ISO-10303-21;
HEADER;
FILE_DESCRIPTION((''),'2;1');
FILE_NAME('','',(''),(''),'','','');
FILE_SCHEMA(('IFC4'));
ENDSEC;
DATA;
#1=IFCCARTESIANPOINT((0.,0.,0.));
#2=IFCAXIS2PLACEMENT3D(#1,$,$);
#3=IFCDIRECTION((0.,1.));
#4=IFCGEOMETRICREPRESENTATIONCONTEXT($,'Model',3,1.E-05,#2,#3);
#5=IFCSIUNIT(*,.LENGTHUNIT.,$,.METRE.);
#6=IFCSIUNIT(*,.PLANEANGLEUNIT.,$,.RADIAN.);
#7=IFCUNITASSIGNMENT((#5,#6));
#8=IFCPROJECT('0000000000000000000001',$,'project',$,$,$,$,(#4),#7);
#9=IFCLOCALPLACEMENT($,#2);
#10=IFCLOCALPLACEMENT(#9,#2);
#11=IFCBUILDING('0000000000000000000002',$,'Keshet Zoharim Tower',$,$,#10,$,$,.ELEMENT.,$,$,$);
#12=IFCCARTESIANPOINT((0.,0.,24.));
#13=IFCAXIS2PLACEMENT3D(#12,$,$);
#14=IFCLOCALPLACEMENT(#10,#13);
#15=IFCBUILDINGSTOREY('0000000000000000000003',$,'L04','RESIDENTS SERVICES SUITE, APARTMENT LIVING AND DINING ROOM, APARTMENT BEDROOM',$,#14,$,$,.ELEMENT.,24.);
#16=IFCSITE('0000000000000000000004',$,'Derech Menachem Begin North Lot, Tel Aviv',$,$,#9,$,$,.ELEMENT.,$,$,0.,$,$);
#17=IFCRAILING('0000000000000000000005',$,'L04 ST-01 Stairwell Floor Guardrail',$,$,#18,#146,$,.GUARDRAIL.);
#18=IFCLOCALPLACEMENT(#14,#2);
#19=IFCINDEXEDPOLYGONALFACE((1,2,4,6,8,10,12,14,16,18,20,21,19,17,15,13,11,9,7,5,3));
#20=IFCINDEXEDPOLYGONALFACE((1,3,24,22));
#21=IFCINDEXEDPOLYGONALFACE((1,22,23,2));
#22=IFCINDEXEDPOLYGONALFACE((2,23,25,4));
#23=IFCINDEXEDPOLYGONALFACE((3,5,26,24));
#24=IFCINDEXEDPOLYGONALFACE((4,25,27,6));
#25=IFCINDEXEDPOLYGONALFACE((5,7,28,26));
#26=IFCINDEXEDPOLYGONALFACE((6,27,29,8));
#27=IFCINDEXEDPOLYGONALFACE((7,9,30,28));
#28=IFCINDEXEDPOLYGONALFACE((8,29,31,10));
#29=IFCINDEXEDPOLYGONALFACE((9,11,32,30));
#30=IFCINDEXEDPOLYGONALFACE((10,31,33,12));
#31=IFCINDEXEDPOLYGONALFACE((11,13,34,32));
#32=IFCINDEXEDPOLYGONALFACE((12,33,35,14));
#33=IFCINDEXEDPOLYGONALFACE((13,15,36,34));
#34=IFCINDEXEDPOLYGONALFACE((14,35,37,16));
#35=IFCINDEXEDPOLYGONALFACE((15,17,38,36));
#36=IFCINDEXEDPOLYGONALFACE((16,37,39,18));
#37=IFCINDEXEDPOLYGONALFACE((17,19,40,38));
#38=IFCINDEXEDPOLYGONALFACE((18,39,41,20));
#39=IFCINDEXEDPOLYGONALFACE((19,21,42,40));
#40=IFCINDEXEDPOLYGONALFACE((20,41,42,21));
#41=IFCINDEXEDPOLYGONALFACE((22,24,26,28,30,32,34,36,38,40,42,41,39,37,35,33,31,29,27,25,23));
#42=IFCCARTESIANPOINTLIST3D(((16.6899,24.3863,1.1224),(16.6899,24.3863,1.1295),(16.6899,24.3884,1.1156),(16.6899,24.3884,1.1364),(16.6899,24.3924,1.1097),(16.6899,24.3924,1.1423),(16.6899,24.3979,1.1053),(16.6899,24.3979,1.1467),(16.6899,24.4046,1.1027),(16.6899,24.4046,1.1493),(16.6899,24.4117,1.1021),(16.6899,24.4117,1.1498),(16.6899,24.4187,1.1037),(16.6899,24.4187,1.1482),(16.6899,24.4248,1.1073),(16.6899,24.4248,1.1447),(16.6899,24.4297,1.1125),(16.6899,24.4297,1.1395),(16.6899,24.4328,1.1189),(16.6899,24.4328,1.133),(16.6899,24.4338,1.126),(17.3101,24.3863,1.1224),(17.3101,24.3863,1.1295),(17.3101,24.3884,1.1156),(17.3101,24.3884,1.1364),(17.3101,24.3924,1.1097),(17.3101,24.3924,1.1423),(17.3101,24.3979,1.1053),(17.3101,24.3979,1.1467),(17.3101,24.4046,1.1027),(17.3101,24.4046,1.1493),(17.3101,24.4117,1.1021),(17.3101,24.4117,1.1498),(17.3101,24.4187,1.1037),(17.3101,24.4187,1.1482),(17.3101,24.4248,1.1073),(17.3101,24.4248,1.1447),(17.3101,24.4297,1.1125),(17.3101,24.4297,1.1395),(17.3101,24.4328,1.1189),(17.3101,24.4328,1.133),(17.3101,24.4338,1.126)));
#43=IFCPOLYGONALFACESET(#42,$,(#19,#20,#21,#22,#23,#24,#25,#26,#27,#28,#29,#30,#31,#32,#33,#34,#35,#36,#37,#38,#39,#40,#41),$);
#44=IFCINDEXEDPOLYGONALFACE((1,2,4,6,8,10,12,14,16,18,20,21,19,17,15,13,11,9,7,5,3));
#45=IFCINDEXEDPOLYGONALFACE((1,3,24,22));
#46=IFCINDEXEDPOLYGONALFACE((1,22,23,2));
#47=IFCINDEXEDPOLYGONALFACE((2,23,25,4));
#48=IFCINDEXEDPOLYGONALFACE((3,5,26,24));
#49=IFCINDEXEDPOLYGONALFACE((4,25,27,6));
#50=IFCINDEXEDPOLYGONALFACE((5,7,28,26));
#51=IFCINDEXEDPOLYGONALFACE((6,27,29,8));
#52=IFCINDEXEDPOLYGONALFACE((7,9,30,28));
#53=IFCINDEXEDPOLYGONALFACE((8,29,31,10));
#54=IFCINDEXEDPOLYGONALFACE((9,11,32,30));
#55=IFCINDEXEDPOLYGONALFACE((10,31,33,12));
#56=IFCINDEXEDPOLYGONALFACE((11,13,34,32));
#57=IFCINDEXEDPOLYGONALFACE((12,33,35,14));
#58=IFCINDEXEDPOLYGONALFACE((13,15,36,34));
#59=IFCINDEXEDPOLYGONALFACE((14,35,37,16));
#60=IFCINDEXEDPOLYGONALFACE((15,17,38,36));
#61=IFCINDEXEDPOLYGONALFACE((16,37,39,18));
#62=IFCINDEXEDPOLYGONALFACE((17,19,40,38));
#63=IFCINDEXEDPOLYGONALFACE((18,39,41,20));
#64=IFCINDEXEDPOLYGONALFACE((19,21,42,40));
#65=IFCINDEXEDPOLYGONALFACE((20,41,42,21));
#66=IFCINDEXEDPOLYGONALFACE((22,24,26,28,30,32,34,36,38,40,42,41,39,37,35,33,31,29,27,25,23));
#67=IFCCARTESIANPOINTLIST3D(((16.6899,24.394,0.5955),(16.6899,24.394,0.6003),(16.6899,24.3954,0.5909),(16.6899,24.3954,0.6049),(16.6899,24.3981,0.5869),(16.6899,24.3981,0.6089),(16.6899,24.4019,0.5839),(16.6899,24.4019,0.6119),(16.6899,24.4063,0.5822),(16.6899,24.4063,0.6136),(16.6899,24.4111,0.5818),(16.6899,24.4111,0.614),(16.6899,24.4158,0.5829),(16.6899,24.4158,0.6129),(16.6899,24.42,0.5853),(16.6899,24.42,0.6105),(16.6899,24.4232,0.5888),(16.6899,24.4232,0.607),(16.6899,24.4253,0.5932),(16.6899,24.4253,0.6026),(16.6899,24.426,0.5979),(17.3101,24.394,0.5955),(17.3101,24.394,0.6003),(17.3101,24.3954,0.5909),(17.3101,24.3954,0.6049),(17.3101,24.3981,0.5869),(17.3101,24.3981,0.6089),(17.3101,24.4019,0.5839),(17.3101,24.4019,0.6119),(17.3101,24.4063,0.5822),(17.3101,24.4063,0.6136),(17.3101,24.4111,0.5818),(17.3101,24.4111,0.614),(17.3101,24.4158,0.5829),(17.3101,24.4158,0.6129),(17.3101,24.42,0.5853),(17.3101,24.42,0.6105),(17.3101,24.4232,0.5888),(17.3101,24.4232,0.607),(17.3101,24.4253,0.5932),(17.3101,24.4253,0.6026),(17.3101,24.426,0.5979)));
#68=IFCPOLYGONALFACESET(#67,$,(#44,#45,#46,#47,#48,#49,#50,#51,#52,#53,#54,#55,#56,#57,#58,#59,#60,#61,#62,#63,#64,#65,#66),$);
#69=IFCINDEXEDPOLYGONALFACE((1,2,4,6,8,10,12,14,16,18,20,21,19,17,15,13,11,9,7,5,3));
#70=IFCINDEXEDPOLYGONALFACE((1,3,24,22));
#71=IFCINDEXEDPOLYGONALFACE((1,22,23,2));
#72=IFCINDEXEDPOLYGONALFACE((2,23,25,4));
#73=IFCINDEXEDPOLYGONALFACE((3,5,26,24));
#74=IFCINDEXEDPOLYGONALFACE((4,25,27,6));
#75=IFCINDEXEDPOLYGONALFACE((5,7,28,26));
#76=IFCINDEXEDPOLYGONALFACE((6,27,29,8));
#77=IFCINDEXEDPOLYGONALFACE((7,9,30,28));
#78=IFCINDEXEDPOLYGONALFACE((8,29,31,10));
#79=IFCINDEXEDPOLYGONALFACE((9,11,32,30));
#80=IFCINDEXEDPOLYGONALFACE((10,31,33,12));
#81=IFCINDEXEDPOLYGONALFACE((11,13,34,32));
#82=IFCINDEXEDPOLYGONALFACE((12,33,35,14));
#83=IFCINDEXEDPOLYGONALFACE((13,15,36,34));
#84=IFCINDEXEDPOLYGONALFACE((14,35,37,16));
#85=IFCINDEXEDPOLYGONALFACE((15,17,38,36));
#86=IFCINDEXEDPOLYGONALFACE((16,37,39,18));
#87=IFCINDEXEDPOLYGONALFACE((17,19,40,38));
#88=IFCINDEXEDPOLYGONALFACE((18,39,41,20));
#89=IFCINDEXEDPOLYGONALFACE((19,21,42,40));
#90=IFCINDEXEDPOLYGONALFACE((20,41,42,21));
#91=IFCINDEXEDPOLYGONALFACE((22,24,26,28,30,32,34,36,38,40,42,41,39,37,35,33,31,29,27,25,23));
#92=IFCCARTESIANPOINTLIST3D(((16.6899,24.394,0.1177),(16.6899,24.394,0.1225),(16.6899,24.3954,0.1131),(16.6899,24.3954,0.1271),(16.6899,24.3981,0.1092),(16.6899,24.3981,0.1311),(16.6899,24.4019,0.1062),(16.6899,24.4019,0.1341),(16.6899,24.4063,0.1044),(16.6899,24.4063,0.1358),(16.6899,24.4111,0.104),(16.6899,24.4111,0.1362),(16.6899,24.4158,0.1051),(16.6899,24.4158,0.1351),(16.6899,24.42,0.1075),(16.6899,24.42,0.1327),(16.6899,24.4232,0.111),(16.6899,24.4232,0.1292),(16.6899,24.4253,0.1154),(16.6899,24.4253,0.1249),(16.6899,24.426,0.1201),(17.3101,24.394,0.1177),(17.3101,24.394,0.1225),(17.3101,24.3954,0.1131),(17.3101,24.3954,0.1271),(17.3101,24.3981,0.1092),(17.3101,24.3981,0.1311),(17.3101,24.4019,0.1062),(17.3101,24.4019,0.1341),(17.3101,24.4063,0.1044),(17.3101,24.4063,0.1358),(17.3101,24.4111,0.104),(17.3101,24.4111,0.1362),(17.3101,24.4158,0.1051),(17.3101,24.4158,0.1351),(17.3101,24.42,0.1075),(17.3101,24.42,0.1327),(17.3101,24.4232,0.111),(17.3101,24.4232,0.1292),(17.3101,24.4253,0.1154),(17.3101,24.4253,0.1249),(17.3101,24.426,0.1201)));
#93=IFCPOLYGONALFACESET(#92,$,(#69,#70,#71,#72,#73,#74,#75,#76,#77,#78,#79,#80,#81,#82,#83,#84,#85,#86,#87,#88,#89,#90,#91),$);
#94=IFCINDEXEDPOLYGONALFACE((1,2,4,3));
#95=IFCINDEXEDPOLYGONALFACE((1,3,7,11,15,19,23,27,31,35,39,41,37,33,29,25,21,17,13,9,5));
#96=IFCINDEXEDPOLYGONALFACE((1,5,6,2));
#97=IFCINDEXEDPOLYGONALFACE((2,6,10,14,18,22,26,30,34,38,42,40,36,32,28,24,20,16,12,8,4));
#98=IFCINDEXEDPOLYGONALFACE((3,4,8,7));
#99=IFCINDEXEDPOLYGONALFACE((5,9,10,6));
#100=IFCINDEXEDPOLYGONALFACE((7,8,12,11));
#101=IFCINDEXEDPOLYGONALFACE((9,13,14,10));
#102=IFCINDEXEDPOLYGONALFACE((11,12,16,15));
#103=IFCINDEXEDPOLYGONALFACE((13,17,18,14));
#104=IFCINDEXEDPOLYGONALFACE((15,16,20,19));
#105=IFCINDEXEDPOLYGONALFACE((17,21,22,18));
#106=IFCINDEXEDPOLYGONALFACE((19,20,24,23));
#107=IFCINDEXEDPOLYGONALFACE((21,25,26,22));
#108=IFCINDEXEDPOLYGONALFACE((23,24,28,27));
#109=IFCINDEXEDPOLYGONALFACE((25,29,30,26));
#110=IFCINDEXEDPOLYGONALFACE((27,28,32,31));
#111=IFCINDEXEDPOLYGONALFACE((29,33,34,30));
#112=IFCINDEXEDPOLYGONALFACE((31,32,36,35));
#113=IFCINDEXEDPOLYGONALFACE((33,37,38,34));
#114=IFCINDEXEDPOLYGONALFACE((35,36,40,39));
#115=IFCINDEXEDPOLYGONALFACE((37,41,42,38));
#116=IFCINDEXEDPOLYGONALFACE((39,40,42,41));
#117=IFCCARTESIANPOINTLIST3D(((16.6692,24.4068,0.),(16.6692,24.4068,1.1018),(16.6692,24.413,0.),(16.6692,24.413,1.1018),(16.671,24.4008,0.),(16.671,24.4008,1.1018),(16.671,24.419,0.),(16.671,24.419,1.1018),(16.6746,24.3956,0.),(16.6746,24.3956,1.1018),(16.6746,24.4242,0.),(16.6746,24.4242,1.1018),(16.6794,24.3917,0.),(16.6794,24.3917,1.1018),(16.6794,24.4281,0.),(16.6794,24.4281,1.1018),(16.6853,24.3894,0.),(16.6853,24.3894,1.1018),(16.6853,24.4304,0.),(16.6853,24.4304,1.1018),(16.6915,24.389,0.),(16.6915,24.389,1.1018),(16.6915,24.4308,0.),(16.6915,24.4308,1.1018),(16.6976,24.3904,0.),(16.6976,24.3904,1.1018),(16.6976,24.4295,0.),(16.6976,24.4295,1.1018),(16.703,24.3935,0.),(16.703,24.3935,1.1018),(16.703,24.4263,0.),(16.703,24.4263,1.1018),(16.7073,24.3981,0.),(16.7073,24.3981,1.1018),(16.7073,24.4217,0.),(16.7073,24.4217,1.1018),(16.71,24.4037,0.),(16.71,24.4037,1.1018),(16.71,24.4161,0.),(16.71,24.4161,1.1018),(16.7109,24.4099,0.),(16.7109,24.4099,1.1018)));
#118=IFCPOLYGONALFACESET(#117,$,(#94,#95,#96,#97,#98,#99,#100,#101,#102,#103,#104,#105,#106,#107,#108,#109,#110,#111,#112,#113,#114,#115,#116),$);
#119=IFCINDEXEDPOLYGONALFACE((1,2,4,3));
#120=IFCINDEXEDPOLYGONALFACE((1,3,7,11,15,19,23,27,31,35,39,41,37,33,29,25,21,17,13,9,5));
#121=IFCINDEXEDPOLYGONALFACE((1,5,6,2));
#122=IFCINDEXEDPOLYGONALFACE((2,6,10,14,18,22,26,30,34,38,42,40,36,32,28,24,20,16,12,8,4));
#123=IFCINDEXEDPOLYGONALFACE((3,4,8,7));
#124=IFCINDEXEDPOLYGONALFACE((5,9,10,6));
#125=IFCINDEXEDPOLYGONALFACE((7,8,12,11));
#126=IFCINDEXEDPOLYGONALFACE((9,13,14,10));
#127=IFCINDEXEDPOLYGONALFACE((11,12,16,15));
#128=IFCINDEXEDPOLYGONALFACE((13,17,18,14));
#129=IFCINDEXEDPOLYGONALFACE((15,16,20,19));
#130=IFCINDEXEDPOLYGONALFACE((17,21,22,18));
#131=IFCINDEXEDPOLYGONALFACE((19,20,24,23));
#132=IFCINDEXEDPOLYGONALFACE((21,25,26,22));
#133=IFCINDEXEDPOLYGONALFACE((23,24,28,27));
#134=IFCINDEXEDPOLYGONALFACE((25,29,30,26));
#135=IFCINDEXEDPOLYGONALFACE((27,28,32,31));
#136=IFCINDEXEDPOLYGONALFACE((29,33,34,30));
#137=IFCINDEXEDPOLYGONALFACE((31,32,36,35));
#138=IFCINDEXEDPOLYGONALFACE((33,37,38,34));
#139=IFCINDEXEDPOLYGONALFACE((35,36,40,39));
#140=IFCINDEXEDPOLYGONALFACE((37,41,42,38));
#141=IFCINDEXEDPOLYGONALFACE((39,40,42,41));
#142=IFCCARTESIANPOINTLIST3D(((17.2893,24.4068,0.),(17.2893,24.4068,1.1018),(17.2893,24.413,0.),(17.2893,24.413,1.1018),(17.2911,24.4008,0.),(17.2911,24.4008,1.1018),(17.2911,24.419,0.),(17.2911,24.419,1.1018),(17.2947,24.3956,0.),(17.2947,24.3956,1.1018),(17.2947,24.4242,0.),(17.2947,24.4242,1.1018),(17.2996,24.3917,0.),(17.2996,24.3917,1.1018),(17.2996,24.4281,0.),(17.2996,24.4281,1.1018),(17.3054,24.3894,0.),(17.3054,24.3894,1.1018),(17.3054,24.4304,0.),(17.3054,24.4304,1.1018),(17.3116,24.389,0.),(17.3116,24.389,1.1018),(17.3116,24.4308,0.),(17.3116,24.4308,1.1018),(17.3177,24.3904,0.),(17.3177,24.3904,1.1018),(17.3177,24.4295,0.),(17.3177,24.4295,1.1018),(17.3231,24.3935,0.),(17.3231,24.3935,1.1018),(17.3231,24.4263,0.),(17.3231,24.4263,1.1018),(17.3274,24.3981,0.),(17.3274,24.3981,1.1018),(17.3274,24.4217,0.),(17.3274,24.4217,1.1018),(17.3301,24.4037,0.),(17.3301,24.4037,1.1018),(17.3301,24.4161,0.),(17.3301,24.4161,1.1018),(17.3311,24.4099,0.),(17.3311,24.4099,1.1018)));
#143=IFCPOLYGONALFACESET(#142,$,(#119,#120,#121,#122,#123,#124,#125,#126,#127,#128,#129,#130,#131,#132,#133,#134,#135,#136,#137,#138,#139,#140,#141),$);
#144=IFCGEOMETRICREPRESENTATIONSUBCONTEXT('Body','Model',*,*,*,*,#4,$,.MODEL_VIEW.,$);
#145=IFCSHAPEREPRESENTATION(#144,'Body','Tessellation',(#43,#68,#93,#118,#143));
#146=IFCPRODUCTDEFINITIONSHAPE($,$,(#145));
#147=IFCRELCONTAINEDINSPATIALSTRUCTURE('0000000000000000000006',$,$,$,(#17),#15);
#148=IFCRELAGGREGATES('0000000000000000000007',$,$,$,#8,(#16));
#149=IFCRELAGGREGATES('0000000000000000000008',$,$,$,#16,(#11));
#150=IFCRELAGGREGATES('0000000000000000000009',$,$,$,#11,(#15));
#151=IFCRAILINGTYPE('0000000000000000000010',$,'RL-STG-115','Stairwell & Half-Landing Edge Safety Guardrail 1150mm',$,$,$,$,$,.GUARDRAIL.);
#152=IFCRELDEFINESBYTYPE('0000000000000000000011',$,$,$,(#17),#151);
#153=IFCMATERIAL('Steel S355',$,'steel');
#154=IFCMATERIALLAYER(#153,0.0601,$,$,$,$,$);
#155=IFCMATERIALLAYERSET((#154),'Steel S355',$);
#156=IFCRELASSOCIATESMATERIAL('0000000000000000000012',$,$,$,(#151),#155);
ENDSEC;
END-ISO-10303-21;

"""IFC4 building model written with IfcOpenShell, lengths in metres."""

from ifc_helpers import new_model, si_unit, direction, frame, origin, origin_2d, place, context, subcontext, project, spatial, circle, extrude, material, layer, layer_set, type_object, element, save


model = new_model("IFC4")

# Units and contexts
model_context = context("Model", 3, precision=1e-05, world=origin(), true_north=direction((0.0, 1.0)))
body_context = subcontext(model_context, "Body", "Model", "MODEL_VIEW")
ifc_project = project(units=[si_unit("LENGTHUNIT", "METRE"), si_unit("PLANEANGLEUNIT", "RADIAN")], contexts=[model_context])

# Site, building, storey
site_placement = place(None, origin())
site = spatial("IfcSite", under=ifc_project, at=site_placement, Name="Derech Menachem Begin North Lot, Tel Aviv", CompositionType="ELEMENT", RefElevation=0.0)
building_placement = place(site_placement, origin())
building = spatial("IfcBuilding", under=site, at=building_placement, Name="Keshet Zoharim Tower", CompositionType="ELEMENT")
storey_placement = place(building_placement, frame((0.0, 0.0, 24.0)))
storey = spatial("IfcBuildingStorey", under=building, at=storey_placement, Name="L04", Description="RESIDENTS SERVICES SUITE, APARTMENT LIVING AND DINING ROOM, APARTMENT BEDROOM", CompositionType="ELEMENT", Elevation=24.0)

# Shared definitions
ifc_material_1 = material(Name="Steel S355", Category="steel")

# Railing
ifc_layer_1 = layer(ifc_material_1, 0.0601)
ifc_layer_set_1 = layer_set([ifc_layer_1], Name="Steel S355")
railing_type_1 = type_object("IfcRailingType", Name="RL-STG-115", Description="Stairwell & Half-Landing Edge Safety Guardrail 1150mm", PredefinedType="GUARDRAIL", material=ifc_layer_set_1)
railing_1_placement = place(storey_placement, frame((16.6899, 24.4099, 0.0)))
element("IfcRailing", 1, at=railing_1_placement, inside=storey, type_object=railing_type_1, Name="L04 ST-01 Stairwell Floor Guardrail", PredefinedType="GUARDRAIL", context=body_context, shape_type="SweptSolid", body=[
    extrude(circle(Radius=0.0239, at=origin_2d()), frame((0.0, 0.0, 1.126), z_axis=(1.0, 0.0, 0.0), x_axis=(0.0, 1.0, 0.0)), (0.0, 0.0, 1.0), 0.6201),
    extrude(circle(Radius=0.0161, at=origin_2d()), frame((0.0, 0.0, 0.5979), z_axis=(1.0, 0.0, 0.0), x_axis=(0.0, 1.0, 0.0)), (0.0, 0.0, 1.0), 0.6201),
    extrude(circle(Radius=0.0161, at=origin_2d()), frame((0.0, 0.0, 0.1201), z_axis=(1.0, 0.0, 0.0), x_axis=(0.0, 1.0, 0.0)), (0.0, 0.0, 1.0), 0.6201),
    extrude(circle(Radius=0.021, at=origin_2d()), origin(), (0.0, 0.0, 1.0), 1.1018),
    extrude(circle(Radius=0.021, at=origin_2d()), frame((0.6201, 0.0, 0.0)), (0.0, 0.0, 1.0), 1.1018),
])

save(model, "model.ifc")
